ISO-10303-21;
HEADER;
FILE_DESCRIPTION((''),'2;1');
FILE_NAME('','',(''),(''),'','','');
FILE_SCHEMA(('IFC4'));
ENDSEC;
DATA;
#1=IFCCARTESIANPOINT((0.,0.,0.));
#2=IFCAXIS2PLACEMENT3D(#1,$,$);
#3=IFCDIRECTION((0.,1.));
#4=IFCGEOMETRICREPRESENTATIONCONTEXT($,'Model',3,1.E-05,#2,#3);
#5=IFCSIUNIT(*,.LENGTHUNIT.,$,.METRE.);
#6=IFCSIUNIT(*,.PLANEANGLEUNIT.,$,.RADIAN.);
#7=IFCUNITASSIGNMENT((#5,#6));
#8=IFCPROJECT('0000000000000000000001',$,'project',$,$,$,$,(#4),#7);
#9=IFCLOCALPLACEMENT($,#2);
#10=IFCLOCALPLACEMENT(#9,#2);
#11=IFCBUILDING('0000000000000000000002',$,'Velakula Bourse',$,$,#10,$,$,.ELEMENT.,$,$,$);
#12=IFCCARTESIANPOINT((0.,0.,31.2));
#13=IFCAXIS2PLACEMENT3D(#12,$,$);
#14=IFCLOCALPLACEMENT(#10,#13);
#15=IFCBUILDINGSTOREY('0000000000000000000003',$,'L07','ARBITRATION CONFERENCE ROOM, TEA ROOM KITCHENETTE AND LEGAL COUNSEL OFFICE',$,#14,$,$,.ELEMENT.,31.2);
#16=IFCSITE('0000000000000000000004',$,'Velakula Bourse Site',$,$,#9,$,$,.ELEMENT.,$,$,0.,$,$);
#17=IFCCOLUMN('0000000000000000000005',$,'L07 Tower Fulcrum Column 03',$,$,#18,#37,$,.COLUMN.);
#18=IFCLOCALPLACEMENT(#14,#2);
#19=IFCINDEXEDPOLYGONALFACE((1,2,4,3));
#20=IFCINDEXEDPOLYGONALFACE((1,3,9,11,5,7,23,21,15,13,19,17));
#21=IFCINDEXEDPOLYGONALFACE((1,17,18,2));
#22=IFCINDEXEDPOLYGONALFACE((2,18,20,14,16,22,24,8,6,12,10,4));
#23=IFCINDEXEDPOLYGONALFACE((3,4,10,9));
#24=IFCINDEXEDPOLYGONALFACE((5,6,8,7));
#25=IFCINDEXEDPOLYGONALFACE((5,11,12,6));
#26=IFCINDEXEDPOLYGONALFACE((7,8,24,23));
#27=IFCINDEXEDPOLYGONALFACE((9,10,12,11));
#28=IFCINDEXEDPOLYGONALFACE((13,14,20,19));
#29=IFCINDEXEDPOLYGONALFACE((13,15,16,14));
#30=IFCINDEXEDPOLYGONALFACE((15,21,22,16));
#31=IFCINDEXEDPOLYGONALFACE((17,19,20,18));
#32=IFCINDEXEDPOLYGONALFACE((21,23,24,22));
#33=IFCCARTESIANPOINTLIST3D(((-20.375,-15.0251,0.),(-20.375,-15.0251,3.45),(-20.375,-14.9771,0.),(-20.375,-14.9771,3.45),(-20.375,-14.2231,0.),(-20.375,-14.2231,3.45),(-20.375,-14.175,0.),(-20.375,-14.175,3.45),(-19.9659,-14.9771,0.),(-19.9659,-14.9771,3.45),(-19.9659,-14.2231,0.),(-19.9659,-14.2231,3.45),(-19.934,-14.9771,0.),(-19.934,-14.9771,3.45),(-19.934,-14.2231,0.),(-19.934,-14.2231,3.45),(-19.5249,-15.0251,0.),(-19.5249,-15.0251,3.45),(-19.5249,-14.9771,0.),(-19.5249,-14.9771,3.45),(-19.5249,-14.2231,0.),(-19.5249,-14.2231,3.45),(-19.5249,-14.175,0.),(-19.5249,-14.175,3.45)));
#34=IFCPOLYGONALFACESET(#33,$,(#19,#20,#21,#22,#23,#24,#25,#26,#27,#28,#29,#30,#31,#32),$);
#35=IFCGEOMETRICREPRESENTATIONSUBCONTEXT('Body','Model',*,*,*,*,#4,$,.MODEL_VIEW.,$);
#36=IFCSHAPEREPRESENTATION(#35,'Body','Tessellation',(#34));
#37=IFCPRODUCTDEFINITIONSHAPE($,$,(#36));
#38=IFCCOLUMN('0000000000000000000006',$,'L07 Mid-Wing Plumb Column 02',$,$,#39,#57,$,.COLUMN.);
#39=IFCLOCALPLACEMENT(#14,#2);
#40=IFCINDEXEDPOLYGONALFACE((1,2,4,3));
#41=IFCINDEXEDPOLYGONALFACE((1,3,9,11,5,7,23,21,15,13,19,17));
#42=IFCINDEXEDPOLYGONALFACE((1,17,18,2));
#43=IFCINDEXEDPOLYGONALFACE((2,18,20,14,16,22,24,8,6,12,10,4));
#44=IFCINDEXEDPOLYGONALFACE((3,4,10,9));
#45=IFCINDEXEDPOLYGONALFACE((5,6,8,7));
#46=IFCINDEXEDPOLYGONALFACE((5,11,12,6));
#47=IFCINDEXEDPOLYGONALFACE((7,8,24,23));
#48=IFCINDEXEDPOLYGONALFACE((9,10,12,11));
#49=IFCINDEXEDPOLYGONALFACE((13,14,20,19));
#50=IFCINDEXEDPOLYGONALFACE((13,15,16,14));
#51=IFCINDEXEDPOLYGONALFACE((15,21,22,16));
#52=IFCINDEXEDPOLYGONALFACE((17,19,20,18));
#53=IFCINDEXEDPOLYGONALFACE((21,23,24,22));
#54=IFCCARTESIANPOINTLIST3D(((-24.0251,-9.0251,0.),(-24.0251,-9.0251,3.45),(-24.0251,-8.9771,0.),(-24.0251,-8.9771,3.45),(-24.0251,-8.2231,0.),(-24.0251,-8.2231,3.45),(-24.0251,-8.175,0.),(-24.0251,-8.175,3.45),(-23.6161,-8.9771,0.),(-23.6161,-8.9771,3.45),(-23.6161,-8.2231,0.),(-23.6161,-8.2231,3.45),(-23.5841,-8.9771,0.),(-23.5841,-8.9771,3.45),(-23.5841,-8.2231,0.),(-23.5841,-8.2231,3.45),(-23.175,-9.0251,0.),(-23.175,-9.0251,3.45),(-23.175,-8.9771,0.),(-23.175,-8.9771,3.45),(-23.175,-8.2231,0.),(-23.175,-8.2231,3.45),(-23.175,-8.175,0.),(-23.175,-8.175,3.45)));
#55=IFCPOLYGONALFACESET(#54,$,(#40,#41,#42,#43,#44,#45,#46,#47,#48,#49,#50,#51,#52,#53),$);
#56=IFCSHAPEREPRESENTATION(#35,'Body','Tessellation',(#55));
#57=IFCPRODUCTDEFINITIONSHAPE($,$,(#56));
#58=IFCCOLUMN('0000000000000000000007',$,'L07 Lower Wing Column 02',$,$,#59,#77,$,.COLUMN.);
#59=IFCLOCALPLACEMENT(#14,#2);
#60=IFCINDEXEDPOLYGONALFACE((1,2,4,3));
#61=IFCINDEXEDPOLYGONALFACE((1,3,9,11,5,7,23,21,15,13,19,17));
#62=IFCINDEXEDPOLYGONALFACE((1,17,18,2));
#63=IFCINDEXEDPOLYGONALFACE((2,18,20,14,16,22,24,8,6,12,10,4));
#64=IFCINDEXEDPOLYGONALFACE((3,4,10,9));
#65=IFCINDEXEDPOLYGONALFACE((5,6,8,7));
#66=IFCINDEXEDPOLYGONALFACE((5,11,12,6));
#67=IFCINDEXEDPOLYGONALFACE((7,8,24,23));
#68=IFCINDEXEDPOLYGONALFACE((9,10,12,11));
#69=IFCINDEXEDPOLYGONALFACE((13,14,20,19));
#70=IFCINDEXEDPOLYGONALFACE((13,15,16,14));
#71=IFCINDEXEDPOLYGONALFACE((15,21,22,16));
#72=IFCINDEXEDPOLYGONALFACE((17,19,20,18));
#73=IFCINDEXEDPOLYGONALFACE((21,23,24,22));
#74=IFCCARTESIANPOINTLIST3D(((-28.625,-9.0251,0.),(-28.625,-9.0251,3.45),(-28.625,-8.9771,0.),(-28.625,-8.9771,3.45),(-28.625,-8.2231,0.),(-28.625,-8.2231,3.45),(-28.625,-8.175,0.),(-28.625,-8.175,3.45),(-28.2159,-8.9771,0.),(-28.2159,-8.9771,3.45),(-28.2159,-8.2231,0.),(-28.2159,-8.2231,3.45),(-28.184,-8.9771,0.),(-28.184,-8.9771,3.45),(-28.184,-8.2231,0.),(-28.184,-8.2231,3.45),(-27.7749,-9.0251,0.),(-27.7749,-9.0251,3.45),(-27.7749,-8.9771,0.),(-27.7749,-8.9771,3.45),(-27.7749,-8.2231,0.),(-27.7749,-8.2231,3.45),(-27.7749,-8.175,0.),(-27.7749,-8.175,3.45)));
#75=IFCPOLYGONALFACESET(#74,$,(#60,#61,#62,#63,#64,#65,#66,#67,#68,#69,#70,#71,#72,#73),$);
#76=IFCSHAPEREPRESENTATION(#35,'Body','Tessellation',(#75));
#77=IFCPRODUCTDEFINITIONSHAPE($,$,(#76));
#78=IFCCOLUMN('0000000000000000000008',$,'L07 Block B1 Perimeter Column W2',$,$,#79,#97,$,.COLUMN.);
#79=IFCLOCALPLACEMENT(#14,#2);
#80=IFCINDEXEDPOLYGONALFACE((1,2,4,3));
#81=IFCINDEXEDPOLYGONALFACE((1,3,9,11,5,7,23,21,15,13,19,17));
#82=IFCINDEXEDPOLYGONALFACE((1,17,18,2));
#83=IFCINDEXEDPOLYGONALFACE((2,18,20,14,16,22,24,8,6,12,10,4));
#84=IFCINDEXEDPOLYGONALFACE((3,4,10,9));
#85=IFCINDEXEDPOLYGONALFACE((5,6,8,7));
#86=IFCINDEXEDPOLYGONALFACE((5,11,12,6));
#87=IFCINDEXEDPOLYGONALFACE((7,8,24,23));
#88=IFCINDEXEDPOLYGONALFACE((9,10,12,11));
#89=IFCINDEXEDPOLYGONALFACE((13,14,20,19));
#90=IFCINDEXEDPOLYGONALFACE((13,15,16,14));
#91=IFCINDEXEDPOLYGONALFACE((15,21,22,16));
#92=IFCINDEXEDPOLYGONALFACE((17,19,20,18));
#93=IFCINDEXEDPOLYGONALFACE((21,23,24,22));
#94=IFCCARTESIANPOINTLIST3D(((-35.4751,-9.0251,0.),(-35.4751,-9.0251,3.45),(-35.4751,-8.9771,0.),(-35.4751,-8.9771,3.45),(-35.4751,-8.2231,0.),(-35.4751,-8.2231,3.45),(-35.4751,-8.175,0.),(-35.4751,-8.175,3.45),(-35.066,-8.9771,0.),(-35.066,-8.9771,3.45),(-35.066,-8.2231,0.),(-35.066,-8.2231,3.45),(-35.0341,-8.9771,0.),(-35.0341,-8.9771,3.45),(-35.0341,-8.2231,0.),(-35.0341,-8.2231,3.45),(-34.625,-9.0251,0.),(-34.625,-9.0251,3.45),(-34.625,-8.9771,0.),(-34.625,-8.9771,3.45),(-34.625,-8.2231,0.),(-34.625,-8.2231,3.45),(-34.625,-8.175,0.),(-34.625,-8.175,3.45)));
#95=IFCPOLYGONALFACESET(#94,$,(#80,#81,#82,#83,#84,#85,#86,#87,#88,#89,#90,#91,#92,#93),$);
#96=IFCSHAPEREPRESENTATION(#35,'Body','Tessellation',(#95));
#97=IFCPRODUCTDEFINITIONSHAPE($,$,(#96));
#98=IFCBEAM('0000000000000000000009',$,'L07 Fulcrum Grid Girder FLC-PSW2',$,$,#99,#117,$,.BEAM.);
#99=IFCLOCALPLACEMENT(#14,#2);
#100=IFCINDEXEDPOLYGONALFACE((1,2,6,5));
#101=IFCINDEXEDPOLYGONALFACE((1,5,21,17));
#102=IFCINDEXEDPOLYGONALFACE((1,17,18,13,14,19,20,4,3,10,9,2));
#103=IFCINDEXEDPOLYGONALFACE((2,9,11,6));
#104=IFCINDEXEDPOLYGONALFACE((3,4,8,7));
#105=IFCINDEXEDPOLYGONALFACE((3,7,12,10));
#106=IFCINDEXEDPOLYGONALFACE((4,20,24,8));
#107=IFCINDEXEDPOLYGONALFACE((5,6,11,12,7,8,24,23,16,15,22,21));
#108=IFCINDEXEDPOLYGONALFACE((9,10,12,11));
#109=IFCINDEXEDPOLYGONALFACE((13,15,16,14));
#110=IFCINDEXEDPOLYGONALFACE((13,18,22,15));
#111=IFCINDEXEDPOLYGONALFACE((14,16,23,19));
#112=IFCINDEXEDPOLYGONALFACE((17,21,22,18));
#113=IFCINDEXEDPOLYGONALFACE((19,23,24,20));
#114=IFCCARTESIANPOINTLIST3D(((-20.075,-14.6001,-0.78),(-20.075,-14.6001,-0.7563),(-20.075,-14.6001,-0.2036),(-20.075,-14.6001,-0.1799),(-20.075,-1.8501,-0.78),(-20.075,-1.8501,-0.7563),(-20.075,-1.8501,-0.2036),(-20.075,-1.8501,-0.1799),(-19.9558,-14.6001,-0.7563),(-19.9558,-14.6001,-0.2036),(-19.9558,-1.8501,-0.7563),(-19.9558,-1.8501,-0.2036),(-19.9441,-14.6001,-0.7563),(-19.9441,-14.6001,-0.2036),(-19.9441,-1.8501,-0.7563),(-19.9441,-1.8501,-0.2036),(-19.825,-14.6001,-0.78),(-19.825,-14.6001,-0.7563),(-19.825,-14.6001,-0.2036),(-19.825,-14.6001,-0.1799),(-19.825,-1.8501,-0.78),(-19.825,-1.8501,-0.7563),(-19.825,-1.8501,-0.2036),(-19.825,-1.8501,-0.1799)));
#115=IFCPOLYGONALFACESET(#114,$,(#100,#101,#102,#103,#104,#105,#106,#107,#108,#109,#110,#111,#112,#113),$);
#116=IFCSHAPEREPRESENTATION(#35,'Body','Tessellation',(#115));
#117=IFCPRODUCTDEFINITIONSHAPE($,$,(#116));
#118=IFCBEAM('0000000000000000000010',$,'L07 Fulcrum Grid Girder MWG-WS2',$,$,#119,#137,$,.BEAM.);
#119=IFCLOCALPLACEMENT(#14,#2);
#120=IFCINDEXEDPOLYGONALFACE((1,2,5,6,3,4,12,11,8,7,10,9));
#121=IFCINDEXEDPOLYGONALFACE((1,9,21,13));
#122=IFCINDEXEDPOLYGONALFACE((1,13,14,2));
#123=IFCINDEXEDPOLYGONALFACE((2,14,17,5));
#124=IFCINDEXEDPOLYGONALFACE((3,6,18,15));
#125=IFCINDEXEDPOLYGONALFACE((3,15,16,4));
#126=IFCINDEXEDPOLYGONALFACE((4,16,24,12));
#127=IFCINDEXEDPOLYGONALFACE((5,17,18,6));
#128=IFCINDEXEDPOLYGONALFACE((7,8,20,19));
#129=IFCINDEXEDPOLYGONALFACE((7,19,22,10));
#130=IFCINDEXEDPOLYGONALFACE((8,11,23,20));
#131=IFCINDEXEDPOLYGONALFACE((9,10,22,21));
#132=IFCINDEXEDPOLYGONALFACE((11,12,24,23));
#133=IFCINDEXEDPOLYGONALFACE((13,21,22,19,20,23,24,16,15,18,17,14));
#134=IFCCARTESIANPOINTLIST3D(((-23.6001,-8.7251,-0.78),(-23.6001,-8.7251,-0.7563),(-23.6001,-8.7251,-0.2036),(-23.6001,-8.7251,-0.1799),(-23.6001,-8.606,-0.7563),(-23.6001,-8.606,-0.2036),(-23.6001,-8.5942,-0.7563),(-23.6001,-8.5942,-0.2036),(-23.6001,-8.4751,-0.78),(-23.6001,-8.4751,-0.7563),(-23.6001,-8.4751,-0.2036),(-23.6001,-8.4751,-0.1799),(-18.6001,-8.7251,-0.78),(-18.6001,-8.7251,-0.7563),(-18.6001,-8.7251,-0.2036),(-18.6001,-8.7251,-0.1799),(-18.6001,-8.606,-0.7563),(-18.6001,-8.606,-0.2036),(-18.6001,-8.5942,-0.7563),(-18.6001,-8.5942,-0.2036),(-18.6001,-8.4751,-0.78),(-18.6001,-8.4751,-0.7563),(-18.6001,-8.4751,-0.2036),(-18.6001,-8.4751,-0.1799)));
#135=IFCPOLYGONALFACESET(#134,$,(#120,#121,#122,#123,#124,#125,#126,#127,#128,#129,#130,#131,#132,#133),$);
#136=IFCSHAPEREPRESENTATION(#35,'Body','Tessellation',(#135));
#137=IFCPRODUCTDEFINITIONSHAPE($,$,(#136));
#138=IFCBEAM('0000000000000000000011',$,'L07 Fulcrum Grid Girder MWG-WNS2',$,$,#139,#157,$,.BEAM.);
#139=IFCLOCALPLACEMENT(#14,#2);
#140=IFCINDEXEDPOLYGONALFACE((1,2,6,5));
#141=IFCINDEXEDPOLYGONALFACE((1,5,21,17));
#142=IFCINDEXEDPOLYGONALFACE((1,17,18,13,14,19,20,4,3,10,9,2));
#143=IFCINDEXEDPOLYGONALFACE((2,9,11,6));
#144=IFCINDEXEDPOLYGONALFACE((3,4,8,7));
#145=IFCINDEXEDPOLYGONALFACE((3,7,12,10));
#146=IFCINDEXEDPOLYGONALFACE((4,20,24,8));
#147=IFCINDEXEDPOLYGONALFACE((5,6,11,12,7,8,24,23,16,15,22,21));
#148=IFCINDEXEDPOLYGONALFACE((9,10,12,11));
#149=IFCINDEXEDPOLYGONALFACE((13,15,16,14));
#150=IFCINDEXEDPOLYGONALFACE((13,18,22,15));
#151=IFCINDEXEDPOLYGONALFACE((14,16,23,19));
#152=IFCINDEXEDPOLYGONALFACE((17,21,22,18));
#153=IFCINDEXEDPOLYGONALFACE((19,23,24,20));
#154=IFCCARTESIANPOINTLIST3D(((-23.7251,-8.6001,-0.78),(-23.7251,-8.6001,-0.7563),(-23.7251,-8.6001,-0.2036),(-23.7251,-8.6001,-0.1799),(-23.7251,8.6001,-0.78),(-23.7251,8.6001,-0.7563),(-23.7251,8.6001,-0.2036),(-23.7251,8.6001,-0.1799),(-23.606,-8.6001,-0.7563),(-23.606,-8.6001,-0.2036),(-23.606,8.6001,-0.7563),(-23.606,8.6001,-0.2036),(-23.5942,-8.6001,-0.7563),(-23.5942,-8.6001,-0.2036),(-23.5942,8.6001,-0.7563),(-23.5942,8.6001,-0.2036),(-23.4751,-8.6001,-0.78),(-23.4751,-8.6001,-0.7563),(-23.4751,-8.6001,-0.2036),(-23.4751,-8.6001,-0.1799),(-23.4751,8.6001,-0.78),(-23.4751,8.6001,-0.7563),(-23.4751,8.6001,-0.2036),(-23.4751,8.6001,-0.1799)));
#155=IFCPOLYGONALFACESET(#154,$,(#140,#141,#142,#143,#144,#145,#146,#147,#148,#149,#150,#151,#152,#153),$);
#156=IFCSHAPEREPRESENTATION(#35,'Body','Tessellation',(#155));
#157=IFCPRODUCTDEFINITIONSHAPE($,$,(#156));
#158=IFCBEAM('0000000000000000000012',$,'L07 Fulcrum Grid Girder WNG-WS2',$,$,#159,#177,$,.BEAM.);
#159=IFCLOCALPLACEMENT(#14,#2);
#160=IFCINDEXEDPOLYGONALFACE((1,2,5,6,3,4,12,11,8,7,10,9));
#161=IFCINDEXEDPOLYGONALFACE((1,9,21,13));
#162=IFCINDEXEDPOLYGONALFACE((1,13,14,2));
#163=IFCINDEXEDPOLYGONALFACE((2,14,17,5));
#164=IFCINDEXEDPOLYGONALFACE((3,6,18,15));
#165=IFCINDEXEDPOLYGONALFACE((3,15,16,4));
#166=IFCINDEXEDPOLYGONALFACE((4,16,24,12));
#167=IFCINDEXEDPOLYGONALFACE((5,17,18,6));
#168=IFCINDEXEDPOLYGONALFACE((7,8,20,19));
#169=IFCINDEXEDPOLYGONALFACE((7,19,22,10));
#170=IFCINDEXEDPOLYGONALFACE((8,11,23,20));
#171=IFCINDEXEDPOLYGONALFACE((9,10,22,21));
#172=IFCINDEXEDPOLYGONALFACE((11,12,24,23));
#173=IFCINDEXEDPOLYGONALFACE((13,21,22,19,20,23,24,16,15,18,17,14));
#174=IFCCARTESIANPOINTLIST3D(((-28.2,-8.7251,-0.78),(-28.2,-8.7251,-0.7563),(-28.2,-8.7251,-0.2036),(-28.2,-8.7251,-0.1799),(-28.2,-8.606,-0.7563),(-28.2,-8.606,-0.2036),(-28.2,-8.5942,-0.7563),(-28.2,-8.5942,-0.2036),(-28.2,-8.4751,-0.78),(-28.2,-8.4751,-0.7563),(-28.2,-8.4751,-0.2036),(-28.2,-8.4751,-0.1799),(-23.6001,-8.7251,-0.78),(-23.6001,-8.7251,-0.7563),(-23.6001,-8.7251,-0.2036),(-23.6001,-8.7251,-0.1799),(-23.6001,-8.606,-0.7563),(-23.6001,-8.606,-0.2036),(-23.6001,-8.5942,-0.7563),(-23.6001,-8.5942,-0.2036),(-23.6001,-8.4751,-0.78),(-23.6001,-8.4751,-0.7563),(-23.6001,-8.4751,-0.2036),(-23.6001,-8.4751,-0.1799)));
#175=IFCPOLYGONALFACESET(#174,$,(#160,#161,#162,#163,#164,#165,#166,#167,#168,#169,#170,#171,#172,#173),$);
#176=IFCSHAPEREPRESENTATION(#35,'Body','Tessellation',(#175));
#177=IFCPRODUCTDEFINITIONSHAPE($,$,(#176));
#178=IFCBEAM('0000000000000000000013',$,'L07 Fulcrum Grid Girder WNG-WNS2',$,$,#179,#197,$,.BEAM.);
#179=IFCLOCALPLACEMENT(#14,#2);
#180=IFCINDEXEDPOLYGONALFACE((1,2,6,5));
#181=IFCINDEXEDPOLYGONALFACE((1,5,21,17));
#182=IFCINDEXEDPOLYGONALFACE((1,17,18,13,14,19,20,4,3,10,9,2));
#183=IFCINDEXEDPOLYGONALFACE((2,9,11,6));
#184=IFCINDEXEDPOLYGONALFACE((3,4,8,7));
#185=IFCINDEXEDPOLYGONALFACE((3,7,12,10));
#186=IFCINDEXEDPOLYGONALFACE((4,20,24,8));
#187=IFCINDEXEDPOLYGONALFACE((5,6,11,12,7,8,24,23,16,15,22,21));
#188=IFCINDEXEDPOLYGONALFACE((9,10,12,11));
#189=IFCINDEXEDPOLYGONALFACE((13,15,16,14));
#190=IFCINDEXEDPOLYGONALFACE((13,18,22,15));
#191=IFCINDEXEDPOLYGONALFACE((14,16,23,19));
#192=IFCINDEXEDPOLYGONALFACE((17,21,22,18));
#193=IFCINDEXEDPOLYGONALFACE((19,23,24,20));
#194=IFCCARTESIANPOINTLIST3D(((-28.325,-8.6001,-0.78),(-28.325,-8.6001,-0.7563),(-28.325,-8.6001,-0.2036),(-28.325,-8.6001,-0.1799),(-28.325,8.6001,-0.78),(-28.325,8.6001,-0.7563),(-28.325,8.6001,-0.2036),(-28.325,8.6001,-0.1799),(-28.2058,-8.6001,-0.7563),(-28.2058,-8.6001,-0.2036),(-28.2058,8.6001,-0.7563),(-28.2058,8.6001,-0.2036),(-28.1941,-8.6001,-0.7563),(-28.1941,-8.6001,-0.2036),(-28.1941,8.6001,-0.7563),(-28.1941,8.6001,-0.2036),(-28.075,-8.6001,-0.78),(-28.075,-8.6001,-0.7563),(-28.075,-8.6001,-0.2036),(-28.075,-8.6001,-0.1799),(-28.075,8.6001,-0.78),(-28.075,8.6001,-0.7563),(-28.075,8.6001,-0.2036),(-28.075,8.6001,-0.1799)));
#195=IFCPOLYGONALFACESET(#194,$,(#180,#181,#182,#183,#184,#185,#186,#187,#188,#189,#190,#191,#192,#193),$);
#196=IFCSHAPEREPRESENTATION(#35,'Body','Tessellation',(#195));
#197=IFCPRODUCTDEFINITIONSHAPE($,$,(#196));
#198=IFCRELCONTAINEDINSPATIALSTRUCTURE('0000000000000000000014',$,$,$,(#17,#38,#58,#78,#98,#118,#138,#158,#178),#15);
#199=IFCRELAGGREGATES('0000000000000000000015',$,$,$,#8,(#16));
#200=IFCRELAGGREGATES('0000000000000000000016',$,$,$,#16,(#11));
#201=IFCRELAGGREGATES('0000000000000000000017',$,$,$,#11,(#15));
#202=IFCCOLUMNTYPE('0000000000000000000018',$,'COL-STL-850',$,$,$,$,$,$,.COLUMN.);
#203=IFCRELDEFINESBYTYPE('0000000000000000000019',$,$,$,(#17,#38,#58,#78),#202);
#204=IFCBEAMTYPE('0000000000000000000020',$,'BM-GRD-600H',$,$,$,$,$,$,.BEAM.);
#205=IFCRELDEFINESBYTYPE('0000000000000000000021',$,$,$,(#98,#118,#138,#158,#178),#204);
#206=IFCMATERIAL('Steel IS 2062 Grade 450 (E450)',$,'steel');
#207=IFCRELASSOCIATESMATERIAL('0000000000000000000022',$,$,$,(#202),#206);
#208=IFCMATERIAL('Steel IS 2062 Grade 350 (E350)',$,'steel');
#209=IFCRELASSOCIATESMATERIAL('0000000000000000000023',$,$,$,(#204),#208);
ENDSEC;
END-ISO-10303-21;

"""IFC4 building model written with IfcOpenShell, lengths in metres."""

from ifc_helpers import new_model, si_unit, direction, frame, origin, origin_2d, place, context, subcontext, project, spatial, i_section, extrude, material, material_profile, profile_set, type_object, element, save


model = new_model("IFC4")

# Units and contexts
model_context = context("Model", 3, precision=1e-05, world=origin(), true_north=direction((0.0, 1.0)))
body_context = subcontext(model_context, "Body", "Model", "MODEL_VIEW")
ifc_project = project(units=[si_unit("LENGTHUNIT", "METRE"), si_unit("PLANEANGLEUNIT", "RADIAN")], contexts=[model_context])

# Site, building, storey
site_placement = place(None, origin())
site = spatial("IfcSite", under=ifc_project, at=site_placement, Name="Velakula Bourse Site", CompositionType="ELEMENT", RefElevation=0.0)
building_placement = place(site_placement, origin())
building = spatial("IfcBuilding", under=site, at=building_placement, Name="Velakula Bourse", CompositionType="ELEMENT")
storey_placement = place(building_placement, frame((0.0, 0.0, 31.2)))
storey = spatial("IfcBuildingStorey", under=building, at=storey_placement, Name="L07", Description="ARBITRATION CONFERENCE ROOM, TEA ROOM KITCHENETTE AND LEGAL COUNSEL OFFICE", CompositionType="ELEMENT", Elevation=31.2)

# Columns
ifc_material_1 = material(Name="Steel IS 2062 Grade 450 (E450)", Category="steel")
ifc_material_profile_1 = material_profile(ifc_material_1, i_section(OverallWidth=0.8501, OverallDepth=0.8501, WebThickness=0.032, FlangeThickness=0.0481, at=origin_2d()), Name="Steel IS 2062 Grade 450 (E450)")
ifc_profile_set_1 = profile_set([ifc_material_profile_1], Name="Steel IS 2062 Grade 450 (E450)")
column_type = type_object("IfcColumnType", Name="COL-STL-850", PredefinedType="COLUMN", material=ifc_profile_set_1)
for number, where, z_axis, x_axis, name in (
    (1, (-19.95, -14.6001, 0.0), (0.0, 0.0, 1.0), (1.0, 0.0, 0.0), "L07 Tower Fulcrum Column 03"),
    (2, (-23.6001, -8.6001, 0.0), (0.0, 0.0, 1.0), (1.0, 0.0, 0.0), "L07 Mid-Wing Plumb Column 02"),
    (3, (-28.2, -8.6001, 0.0), (0.0, 0.0, 1.0), (1.0, 0.0, 0.0), "L07 Lower Wing Column 02"),
    (4, (-35.05, -8.6001, 0.0), (0.0, 0.0, 1.0), (1.0, 0.0, 0.0), "L07 Block B1 Perimeter Column W2"),
):
    element("IfcColumn", number, at=place(storey_placement, frame(where, z_axis=z_axis, x_axis=x_axis)), inside=storey, type_object=column_type, Name=name, PredefinedType="COLUMN", context=body_context, shape_type="SweptSolid", body=[
        extrude(i_section(OverallWidth=0.8501, OverallDepth=0.8501, WebThickness=0.032, FlangeThickness=0.0481, at=origin_2d()), origin(), (0.0, 0.0, 1.0), 3.45),
    ])

# Beams
ifc_material_2 = material(Name="Steel IS 2062 Grade 350 (E350)", Category="steel")
ifc_material_profile_2 = material_profile(ifc_material_2, i_section(OverallWidth=0.25, OverallDepth=0.6001, WebThickness=0.0117, FlangeThickness=0.0237, at=origin_2d()), Name="Steel IS 2062 Grade 350 (E350)")
ifc_profile_set_2 = profile_set([ifc_material_profile_2], Name="Steel IS 2062 Grade 350 (E350)")
beam_type_1 = type_object("IfcBeamType", Name="BM-GRD-600H", PredefinedType="BEAM", material=ifc_profile_set_2)
beam_1_placement = place(storey_placement, frame((-19.95, -14.6001, -0.48), z_axis=(0.0, 1.0, 0.0), x_axis=(-1.0, 0.0, 0.0)))
element("IfcBeam", 5, at=beam_1_placement, inside=storey, type_object=beam_type_1, Name="L07 Fulcrum Grid Girder FLC-PSW2", PredefinedType="BEAM", context=body_context, shape_type="SweptSolid", body=[
    extrude(i_section(OverallWidth=0.25, OverallDepth=0.6001, WebThickness=0.0117, FlangeThickness=0.0237, at=origin_2d()), origin(), (0.0, 0.0, 1.0), 12.75),
])
beam_2_placement = place(storey_placement, frame((-23.6001, -8.6001, -0.48), z_axis=(1.0, 0.0, 0.0), x_axis=(0.0, 1.0, 0.0)))
element("IfcBeam", 6, at=beam_2_placement, inside=storey, type_object=beam_type_1, Name="L07 Fulcrum Grid Girder MWG-WS2", PredefinedType="BEAM", context=body_context, shape_type="SweptSolid", body=[
    extrude(i_section(OverallWidth=0.25, OverallDepth=0.6001, WebThickness=0.0117, FlangeThickness=0.0237, at=origin_2d()), origin(), (0.0, 0.0, 1.0), 5.0),
])
beam_3_placement = place(storey_placement, frame((-23.6001, -8.6001, -0.48), z_axis=(0.0, 1.0, 0.0), x_axis=(-1.0, 0.0, 0.0)))
element("IfcBeam", 7, at=beam_3_placement, inside=storey, type_object=beam_type_1, Name="L07 Fulcrum Grid Girder MWG-WNS2", PredefinedType="BEAM", context=body_context, shape_type="SweptSolid", body=[
    extrude(i_section(OverallWidth=0.25, OverallDepth=0.6001, WebThickness=0.0117, FlangeThickness=0.0237, at=origin_2d()), origin(), (0.0, 0.0, 1.0), 17.2002),
])
beam_4_placement = place(storey_placement, frame((-28.2, -8.6001, -0.48), z_axis=(1.0, 0.0, 0.0), x_axis=(0.0, 1.0, 0.0)))
element("IfcBeam", 8, at=beam_4_placement, inside=storey, type_object=beam_type_1, Name="L07 Fulcrum Grid Girder WNG-WS2", PredefinedType="BEAM", context=body_context, shape_type="SweptSolid", body=[
    extrude(i_section(OverallWidth=0.25, OverallDepth=0.6001, WebThickness=0.0117, FlangeThickness=0.0237, at=origin_2d()), origin(), (0.0, 0.0, 1.0), 4.5999),
])
beam_5_placement = place(storey_placement, frame((-28.2, -8.6001, -0.48), z_axis=(0.0, 1.0, 0.0), x_axis=(-1.0, 0.0, 0.0)))
element("IfcBeam", 9, at=beam_5_placement, inside=storey, type_object=beam_type_1, Name="L07 Fulcrum Grid Girder WNG-WNS2", PredefinedType="BEAM", context=body_context, shape_type="SweptSolid", body=[
    extrude(i_section(OverallWidth=0.25, OverallDepth=0.6001, WebThickness=0.0117, FlangeThickness=0.0237, at=origin_2d()), origin(), (0.0, 0.0, 1.0), 17.2002),
])

save(model, "model.ifc")
